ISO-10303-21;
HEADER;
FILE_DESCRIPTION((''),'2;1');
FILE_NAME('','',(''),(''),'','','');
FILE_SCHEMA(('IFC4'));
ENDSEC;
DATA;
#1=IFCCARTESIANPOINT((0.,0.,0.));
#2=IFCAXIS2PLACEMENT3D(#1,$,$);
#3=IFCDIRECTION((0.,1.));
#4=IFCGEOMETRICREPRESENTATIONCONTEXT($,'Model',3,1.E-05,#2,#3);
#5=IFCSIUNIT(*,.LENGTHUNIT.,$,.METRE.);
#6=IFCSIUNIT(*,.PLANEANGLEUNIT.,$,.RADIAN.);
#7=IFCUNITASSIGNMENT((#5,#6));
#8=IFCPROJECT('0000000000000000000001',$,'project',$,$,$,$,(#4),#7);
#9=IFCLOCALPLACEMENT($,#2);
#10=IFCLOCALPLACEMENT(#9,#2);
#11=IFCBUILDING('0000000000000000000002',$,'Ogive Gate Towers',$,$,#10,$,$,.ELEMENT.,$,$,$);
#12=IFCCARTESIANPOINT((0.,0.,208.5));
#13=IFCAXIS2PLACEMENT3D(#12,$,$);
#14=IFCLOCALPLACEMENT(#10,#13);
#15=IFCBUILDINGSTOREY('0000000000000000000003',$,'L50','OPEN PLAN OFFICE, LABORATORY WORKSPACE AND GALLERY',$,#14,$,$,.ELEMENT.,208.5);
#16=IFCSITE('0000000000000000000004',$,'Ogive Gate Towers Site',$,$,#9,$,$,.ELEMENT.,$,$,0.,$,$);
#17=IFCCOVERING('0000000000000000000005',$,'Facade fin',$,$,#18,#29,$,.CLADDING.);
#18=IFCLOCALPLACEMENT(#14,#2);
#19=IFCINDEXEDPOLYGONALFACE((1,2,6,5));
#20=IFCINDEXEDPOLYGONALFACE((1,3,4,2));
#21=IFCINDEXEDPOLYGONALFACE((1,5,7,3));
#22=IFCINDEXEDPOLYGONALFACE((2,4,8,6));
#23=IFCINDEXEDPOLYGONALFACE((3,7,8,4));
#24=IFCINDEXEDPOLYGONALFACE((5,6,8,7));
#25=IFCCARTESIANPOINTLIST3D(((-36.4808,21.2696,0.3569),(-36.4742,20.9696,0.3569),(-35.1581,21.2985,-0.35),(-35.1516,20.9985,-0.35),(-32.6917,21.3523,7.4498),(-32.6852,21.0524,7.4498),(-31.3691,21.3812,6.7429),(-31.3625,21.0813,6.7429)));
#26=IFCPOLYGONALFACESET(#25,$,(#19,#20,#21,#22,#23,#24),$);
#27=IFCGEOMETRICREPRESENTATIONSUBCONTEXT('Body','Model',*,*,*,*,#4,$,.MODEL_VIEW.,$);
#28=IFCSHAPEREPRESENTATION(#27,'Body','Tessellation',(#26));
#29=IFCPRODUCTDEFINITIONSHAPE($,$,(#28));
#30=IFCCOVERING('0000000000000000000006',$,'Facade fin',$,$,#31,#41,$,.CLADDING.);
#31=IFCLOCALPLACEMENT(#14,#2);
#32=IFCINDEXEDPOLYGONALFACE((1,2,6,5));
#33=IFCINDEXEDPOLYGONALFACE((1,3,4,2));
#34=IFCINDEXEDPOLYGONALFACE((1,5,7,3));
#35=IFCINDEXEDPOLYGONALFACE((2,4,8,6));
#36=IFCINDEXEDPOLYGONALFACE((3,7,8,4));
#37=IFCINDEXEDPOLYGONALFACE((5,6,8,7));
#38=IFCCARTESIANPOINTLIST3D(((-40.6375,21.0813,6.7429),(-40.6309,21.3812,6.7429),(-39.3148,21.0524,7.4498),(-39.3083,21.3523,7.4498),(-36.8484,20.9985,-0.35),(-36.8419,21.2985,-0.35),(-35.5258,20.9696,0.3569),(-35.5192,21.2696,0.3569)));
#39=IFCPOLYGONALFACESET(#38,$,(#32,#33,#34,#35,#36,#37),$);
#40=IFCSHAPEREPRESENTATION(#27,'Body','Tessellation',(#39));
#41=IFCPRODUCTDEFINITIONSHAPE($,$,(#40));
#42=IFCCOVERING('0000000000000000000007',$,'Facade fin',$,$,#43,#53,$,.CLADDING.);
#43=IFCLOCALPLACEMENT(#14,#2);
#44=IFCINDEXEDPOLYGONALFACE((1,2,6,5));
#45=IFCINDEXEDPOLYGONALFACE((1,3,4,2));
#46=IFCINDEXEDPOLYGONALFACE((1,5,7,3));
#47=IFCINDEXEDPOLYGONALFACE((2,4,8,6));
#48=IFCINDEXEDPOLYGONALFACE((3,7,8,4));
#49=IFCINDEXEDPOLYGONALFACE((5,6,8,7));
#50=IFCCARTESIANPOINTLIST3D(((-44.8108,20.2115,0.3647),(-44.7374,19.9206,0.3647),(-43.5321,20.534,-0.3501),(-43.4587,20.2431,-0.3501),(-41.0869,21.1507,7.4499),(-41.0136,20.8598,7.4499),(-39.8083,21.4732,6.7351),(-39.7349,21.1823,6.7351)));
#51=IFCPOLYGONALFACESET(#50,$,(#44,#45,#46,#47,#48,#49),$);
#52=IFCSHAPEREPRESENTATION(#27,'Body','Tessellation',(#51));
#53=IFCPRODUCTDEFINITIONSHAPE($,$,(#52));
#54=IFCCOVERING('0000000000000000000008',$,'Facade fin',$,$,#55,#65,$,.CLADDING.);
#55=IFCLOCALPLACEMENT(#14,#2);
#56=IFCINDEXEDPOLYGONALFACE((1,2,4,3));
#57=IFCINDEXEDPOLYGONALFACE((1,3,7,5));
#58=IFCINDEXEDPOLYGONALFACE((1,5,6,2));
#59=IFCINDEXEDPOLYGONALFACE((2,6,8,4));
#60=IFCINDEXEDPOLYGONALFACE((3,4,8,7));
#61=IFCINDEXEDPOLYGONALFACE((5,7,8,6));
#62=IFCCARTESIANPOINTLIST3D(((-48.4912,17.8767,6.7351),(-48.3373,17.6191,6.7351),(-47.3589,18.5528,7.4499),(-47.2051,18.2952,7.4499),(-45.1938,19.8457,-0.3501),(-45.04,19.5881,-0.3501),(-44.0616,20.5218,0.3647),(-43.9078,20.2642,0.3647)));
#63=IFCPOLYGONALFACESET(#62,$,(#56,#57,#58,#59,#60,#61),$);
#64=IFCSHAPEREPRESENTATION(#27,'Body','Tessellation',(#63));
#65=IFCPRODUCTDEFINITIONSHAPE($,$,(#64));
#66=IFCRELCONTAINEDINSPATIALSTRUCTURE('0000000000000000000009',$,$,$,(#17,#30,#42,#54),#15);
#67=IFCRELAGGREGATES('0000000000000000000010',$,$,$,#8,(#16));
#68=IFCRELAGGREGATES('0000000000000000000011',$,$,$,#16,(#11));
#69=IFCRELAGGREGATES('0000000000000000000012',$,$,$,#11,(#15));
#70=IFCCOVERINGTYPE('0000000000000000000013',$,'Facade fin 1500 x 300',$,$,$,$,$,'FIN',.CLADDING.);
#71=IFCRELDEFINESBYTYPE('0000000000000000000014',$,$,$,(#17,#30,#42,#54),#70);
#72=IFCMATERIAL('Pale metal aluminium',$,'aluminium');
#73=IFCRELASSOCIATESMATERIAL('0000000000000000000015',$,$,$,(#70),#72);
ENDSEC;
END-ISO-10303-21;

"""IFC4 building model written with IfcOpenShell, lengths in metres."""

from ifc_helpers import new_model, si_unit, direction, frame, origin, origin_2d, place, context, subcontext, project, spatial, rectangle, extrude, material, material_profile, profile_set, type_object, element, save


model = new_model("IFC4")

# Units and contexts
model_context = context("Model", 3, precision=1e-05, world=origin(), true_north=direction((0.0, 1.0)))
body_context = subcontext(model_context, "Body", "Model", "MODEL_VIEW")
ifc_project = project(units=[si_unit("LENGTHUNIT", "METRE"), si_unit("PLANEANGLEUNIT", "RADIAN")], contexts=[model_context])

# Site, building, storey
site_placement = place(None, origin())
site = spatial("IfcSite", under=ifc_project, at=site_placement, Name="Ogive Gate Towers Site", CompositionType="ELEMENT", RefElevation=0.0)
building_placement = place(site_placement, origin())
building = spatial("IfcBuilding", under=site, at=building_placement, Name="Ogive Gate Towers", CompositionType="ELEMENT")
storey_placement = place(building_placement, frame((0.0, 0.0, 208.5)))
storey = spatial("IfcBuildingStorey", under=building, at=storey_placement, Name="L50", Description="OPEN PLAN OFFICE, LABORATORY WORKSPACE AND GALLERY", CompositionType="ELEMENT", Elevation=208.5)

# Shared definitions
ifc_material_1 = material(Name="Pale metal aluminium", Category="aluminium")

# Coverings
ifc_material_profile_1 = material_profile(ifc_material_1, rectangle(XDim=0.3, YDim=1.5, at=origin_2d()), Name="1500 x 300 pale metal aluminium")
ifc_profile_set_1 = profile_set([ifc_material_profile_1], Name="Pale metal aluminium")
covering_type = type_object("IfcCoveringType", Name="Facade fin 1500 x 300", ElementType="FIN", PredefinedType="CLADDING", material=ifc_profile_set_1)
for number, where, z_axis, x_axis, name in (
    (1, (-35.8162, 21.134, 0.0034), (0.471156, 0.010291, 0.88199), (-0.021838, 0.999762, 0.0), "Facade fin"),
    (2, (-36.1838, 21.134, 0.0034), (-0.471156, 0.010291, 0.88199), (-0.021838, -0.999762, 0.0), "Facade fin"),
):
    element("IfcCovering", number, at=place(storey_placement, frame(where, z_axis=z_axis, x_axis=x_axis)), inside=storey, type_object=covering_type, Name=name, PredefinedType="CLADDING", context=body_context, shape_type="SweptSolid", body=[
        extrude(rectangle(XDim=0.3, YDim=1.5, at=origin_2d()), origin(), (0.0, 0.0, 1.0), 8.042),
    ])
for number, where, z_axis, x_axis, name in (
    (3, (-44.1348, 20.2273, 0.0073), (0.46207, 0.11654, 0.879153), (-0.244554, 0.969636, 0.0), "Facade fin"),
    (4, (-44.5508, 20.0549, 0.0073), (-0.409146, -0.244318, 0.879152), (0.51269, -0.858574, 0.0), "Facade fin"),
):
    element("IfcCovering", number, at=place(storey_placement, frame(where, z_axis=z_axis, x_axis=x_axis)), inside=storey, type_object=covering_type, Name=name, PredefinedType="CLADDING", context=body_context, shape_type="SweptSolid", body=[
        extrude(rectangle(XDim=0.3, YDim=1.5, at=origin_2d()), origin(), (0.0, 0.0, 1.0), 8.0591),
    ])

save(model, "model.ifc")
